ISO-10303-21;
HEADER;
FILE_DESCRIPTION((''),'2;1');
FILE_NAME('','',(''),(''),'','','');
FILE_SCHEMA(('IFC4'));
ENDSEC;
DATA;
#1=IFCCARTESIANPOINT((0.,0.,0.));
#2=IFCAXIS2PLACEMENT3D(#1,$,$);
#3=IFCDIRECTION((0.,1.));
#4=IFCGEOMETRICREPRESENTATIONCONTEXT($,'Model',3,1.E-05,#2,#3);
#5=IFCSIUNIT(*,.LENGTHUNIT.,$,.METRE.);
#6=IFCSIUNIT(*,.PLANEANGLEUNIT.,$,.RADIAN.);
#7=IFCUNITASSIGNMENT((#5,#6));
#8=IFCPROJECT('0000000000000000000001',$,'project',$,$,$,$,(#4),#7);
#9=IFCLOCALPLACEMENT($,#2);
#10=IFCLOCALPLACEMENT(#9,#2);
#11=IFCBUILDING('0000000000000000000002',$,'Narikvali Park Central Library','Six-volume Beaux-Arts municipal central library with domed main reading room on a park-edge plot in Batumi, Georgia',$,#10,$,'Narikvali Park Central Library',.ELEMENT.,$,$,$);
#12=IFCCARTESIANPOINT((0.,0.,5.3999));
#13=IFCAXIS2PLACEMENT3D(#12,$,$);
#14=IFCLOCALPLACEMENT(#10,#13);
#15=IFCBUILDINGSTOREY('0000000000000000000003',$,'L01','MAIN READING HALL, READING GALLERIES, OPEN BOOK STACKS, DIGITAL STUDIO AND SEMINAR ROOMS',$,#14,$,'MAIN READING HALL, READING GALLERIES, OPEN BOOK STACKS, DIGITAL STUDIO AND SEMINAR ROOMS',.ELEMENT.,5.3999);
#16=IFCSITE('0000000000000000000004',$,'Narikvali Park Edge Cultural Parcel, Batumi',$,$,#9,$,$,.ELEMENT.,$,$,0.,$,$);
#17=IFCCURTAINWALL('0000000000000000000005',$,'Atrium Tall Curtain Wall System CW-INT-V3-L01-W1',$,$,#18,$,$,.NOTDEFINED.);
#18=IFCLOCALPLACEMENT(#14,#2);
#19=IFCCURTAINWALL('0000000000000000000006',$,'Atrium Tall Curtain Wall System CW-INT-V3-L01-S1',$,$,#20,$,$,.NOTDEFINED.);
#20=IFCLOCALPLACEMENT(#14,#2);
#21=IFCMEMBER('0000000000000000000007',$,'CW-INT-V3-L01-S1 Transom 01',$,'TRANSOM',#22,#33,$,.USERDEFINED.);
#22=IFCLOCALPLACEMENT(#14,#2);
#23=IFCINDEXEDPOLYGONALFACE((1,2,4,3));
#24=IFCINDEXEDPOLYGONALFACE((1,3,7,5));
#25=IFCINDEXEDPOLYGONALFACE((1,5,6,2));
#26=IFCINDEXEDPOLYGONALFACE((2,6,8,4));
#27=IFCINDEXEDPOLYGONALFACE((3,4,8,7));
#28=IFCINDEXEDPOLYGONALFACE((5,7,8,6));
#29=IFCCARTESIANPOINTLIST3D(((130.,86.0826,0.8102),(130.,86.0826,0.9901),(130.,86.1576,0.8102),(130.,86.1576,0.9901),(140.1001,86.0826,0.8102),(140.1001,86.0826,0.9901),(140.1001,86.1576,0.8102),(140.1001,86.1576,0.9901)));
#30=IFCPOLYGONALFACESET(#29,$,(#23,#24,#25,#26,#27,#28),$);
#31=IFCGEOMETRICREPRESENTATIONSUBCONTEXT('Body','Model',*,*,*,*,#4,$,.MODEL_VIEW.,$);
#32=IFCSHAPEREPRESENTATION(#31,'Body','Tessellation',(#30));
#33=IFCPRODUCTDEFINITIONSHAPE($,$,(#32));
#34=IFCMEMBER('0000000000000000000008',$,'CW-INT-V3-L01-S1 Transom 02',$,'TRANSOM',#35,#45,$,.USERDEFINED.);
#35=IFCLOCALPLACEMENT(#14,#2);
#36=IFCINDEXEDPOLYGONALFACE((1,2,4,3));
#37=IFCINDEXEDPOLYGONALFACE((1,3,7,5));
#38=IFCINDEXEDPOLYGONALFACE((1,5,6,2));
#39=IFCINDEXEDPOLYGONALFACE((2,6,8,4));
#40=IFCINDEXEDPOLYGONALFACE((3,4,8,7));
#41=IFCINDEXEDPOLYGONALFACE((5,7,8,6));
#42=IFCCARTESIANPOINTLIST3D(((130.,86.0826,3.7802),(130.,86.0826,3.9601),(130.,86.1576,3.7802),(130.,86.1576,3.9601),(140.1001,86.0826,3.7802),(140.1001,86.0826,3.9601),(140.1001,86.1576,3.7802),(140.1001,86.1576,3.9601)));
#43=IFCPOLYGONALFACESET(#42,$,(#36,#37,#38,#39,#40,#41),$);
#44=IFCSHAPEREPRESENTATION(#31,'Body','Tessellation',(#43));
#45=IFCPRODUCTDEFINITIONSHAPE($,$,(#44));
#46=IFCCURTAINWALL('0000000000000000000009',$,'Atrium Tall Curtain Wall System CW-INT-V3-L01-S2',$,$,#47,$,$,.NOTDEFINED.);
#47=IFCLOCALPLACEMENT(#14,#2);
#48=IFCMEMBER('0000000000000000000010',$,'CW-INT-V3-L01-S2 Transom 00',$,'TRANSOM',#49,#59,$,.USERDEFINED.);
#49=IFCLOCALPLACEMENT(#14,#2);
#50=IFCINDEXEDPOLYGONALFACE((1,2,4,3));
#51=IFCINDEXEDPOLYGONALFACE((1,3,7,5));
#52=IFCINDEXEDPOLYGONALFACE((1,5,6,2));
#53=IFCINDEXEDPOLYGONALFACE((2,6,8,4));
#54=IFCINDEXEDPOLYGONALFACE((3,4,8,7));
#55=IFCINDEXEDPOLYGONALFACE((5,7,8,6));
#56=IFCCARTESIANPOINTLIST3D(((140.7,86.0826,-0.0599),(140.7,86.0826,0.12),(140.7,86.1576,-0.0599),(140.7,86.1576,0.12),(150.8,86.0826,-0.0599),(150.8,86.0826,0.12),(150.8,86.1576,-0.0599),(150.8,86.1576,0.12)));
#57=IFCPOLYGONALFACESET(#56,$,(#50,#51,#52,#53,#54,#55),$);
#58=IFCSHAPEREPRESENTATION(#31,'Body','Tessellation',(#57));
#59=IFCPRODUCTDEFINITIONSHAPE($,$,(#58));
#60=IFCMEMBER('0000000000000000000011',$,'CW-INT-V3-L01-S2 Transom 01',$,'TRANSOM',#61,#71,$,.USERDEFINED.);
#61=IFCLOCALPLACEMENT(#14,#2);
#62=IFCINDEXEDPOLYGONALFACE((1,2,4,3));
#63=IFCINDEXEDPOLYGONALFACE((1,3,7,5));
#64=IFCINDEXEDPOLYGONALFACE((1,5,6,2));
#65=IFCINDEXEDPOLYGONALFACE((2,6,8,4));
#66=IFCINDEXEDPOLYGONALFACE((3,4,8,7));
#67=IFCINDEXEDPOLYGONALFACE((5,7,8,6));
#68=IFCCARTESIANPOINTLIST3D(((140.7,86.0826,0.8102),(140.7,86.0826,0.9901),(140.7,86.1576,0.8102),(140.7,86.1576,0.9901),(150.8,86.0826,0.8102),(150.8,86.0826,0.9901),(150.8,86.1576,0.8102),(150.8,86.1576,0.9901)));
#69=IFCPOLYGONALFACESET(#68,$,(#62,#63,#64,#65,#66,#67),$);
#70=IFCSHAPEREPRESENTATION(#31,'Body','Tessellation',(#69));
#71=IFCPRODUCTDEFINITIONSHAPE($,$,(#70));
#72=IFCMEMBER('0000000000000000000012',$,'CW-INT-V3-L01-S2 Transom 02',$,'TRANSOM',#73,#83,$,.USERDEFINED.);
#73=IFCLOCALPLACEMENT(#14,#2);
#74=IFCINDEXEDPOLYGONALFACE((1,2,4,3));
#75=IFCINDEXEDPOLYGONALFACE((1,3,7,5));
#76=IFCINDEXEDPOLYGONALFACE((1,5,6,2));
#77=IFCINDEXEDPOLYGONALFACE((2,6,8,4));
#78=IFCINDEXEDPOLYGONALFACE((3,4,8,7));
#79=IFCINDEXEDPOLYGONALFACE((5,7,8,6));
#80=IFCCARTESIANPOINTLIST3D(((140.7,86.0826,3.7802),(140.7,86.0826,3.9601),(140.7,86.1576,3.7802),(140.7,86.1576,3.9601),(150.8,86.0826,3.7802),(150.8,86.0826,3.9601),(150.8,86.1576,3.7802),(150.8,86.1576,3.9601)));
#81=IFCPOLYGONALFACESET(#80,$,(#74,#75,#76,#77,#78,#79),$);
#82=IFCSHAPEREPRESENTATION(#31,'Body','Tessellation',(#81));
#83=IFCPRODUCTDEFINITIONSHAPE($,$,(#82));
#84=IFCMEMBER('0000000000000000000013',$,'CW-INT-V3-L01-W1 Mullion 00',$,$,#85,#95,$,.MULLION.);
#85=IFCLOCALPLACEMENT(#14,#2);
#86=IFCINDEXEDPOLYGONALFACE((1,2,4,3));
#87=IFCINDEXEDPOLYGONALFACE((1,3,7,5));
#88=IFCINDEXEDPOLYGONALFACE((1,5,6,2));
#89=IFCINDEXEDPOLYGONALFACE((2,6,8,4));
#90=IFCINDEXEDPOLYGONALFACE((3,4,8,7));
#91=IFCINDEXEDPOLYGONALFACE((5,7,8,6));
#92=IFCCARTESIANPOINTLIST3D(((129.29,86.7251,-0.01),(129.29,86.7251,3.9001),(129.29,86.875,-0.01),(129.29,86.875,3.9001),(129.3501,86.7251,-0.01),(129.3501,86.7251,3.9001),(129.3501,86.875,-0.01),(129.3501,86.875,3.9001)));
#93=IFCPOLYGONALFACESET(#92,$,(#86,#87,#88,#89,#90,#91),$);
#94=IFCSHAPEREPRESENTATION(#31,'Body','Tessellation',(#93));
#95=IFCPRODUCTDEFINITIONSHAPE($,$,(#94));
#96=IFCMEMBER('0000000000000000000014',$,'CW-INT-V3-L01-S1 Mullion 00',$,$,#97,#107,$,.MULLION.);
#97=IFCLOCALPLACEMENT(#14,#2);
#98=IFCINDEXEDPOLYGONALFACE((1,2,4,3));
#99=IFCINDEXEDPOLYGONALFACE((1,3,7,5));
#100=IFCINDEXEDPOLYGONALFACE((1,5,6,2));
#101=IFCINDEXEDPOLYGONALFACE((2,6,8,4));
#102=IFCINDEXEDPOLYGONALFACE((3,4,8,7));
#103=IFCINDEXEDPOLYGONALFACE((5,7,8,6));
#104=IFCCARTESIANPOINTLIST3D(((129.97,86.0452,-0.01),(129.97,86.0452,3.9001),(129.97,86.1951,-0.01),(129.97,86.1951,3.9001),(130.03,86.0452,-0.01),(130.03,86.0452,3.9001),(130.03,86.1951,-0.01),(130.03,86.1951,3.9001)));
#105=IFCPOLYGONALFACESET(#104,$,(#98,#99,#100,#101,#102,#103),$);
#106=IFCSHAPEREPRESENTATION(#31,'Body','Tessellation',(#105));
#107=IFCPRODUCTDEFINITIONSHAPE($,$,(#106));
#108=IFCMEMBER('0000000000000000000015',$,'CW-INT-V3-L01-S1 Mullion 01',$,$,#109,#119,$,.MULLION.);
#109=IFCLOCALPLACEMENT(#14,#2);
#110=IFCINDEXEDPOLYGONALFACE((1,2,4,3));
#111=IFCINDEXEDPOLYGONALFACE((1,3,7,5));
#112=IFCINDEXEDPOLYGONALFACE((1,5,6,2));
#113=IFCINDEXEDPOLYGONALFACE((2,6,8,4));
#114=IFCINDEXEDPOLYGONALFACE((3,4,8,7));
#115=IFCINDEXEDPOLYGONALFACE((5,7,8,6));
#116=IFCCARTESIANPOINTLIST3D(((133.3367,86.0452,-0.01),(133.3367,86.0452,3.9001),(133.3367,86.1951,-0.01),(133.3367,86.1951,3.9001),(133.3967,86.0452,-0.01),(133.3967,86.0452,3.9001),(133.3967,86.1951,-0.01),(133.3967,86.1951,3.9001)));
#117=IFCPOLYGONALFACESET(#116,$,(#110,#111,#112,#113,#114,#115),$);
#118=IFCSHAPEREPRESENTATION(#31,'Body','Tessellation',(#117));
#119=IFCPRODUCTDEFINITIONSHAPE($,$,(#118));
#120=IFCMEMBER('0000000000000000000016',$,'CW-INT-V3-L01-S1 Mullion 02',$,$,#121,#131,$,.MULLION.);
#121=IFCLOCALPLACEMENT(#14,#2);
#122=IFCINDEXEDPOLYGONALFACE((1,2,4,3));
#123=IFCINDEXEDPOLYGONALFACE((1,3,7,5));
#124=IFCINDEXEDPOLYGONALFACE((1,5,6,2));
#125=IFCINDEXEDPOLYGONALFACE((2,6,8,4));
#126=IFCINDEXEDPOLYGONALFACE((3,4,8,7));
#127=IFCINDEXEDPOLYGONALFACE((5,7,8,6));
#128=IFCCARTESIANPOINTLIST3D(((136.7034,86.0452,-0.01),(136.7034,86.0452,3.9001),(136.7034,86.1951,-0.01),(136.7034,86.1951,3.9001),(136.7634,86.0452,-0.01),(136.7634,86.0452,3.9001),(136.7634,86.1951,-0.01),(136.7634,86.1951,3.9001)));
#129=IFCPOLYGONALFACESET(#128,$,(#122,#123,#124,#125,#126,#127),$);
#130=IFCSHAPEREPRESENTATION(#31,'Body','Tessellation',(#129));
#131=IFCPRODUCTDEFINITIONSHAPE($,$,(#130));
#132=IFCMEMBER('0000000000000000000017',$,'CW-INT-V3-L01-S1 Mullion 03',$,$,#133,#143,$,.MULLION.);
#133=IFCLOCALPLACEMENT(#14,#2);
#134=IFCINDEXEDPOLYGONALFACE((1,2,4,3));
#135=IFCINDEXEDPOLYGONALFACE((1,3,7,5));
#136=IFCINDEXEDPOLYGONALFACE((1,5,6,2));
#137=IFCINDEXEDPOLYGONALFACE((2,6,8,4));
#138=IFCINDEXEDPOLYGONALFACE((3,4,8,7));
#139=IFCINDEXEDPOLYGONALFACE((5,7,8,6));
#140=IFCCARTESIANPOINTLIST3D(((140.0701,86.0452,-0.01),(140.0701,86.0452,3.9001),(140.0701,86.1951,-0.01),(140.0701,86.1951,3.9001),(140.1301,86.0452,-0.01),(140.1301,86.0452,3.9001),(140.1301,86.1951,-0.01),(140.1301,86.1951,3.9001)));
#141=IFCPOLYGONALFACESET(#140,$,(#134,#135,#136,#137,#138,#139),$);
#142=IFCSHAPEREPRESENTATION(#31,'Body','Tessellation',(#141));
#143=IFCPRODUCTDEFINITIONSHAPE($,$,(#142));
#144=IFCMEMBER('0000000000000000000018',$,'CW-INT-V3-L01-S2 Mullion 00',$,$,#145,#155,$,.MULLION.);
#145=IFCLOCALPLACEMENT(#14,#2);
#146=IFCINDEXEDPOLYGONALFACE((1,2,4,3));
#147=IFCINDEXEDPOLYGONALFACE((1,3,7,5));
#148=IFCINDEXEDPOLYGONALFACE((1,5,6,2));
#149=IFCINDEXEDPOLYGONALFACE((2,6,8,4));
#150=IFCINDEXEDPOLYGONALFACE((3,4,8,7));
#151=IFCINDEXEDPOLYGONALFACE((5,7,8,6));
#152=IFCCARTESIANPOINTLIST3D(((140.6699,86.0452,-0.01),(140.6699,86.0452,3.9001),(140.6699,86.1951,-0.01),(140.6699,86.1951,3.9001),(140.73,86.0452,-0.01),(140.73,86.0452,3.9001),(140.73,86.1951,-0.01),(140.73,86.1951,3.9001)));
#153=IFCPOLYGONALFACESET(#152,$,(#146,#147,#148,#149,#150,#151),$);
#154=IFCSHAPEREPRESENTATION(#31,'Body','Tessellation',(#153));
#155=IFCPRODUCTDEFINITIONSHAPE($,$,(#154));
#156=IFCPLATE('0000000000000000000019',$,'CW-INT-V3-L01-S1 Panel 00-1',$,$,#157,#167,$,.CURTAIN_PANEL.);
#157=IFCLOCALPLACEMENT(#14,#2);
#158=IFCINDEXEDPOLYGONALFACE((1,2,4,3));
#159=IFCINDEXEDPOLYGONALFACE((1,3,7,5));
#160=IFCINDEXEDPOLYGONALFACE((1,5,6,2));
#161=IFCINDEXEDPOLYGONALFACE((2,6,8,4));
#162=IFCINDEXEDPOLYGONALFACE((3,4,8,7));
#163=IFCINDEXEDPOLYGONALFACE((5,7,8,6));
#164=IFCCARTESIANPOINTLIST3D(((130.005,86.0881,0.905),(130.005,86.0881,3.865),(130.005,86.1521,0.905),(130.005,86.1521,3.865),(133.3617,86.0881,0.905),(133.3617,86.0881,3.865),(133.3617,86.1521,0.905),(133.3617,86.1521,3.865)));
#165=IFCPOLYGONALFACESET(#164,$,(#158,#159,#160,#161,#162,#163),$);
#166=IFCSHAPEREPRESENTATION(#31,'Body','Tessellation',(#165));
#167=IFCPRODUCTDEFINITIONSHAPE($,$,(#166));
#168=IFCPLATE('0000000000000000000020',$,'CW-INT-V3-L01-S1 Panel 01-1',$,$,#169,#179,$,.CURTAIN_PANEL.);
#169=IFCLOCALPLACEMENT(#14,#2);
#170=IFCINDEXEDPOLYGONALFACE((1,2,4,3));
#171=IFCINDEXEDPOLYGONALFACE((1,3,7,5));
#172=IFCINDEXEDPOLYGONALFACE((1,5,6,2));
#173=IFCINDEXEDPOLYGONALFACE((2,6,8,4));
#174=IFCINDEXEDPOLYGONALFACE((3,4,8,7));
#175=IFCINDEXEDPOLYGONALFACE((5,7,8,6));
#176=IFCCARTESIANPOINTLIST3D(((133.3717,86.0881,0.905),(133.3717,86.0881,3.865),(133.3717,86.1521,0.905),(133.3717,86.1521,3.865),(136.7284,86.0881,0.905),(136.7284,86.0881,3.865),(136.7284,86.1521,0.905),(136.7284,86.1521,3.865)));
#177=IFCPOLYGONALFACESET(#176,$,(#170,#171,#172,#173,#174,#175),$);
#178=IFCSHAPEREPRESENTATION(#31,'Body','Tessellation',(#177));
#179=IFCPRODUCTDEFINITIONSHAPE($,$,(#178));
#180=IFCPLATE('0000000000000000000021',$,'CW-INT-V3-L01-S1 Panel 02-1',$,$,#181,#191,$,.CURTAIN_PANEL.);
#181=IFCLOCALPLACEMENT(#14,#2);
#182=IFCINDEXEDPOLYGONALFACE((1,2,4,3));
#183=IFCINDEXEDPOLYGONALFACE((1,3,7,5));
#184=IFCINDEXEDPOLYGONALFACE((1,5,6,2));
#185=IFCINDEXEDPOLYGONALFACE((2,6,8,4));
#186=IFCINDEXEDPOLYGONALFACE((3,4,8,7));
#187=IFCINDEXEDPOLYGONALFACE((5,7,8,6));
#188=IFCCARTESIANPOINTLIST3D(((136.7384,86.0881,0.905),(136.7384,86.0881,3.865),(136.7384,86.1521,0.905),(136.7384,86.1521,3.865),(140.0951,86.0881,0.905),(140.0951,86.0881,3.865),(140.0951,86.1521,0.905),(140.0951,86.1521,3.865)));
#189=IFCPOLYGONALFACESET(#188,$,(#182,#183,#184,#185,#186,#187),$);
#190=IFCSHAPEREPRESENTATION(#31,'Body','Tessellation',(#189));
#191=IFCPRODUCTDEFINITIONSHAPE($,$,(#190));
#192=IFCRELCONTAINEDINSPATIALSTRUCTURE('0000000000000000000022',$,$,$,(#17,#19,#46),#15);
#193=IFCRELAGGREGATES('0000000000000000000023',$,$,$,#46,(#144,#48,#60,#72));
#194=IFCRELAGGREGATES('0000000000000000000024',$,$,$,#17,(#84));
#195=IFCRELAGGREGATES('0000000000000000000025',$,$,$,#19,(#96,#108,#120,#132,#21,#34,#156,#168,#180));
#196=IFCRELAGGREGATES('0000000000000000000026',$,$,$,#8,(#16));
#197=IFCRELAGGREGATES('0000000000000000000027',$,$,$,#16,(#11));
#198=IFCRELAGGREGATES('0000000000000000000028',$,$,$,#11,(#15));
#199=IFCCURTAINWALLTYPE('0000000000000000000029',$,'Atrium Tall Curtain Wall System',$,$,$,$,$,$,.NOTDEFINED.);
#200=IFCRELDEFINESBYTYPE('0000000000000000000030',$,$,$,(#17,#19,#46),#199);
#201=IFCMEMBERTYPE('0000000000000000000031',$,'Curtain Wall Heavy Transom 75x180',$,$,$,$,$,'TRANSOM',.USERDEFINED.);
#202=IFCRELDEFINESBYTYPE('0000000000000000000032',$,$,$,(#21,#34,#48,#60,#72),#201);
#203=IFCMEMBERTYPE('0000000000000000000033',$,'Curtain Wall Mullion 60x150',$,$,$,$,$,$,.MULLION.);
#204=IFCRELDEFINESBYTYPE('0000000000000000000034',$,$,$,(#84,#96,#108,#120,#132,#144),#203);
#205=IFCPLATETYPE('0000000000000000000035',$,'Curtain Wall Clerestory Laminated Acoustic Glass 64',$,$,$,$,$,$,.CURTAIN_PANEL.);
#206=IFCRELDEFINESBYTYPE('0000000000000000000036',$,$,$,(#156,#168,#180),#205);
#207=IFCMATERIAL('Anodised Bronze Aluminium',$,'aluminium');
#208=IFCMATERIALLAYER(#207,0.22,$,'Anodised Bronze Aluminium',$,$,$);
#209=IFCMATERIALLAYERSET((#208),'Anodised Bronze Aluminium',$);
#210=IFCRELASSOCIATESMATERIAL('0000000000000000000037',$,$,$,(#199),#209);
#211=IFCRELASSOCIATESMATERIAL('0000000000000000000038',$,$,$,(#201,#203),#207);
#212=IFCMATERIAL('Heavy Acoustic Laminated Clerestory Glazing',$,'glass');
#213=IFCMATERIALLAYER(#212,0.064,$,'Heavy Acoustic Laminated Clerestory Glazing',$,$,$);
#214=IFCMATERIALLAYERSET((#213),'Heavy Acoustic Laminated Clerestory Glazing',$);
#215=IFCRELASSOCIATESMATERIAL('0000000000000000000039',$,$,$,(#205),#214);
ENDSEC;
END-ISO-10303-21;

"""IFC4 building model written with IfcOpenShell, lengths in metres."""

from ifc_helpers import new_model, si_unit, direction, frame, origin, origin_2d, place, context, subcontext, project, spatial, rectangle, extrude, material, layer, layer_set, material_profile, profile_set, type_object, element, aggregate, save


model = new_model("IFC4")

# Units and contexts
model_context = context("Model", 3, precision=1e-05, world=origin(), true_north=direction((0.0, 1.0)))
body_context = subcontext(model_context, "Body", "Model", "MODEL_VIEW")
ifc_project = project(units=[si_unit("LENGTHUNIT", "METRE"), si_unit("PLANEANGLEUNIT", "RADIAN")], contexts=[model_context])

# Site, building, storey
site_placement = place(None, origin())
site = spatial("IfcSite", under=ifc_project, at=site_placement, Name="Narikvali Park Edge Cultural Parcel, Batumi", CompositionType="ELEMENT", RefElevation=0.0)
building_placement = place(site_placement, origin())
building = spatial("IfcBuilding", under=site, at=building_placement, Name="Narikvali Park Central Library", Description="Six-volume Beaux-Arts municipal central library with domed main reading room on a park-edge plot in Batumi, Georgia", LongName="Narikvali Park Central Library", CompositionType="ELEMENT")
storey_placement = place(building_placement, frame((0.0, 0.0, 5.3999)))
storey = spatial("IfcBuildingStorey", under=building, at=storey_placement, Name="L01", Description="MAIN READING HALL, READING GALLERIES, OPEN BOOK STACKS, DIGITAL STUDIO AND SEMINAR ROOMS", LongName="MAIN READING HALL, READING GALLERIES, OPEN BOOK STACKS, DIGITAL STUDIO AND SEMINAR ROOMS", CompositionType="ELEMENT", Elevation=5.3999)

# Curtain walls, members
ifc_material_1 = material(Name="Anodised Bronze Aluminium", Category="aluminium")
ifc_layer_1 = layer(ifc_material_1, 0.22, Name="Anodised Bronze Aluminium")
ifc_layer_set_1 = layer_set([ifc_layer_1], Name="Anodised Bronze Aluminium")
curtain_wall_type = type_object("IfcCurtainWallType", Name="Atrium Tall Curtain Wall System", PredefinedType="NOTDEFINED", material=ifc_layer_set_1)
curtain_wall_1_placement = place(storey_placement, origin())
curtain_wall_1 = element("IfcCurtainWall", 1, at=curtain_wall_1_placement, inside=storey, type_object=curtain_wall_type, Name="Atrium Tall Curtain Wall System CW-INT-V3-L01-W1", PredefinedType="NOTDEFINED")
ifc_material_profile_1 = material_profile(ifc_material_1, rectangle(XDim=0.075, YDim=0.1799, at=origin_2d()), Name="CW TRANSOM 75x180")
ifc_profile_set_1 = profile_set([ifc_material_profile_1], Name="Anodised Bronze Aluminium")
member_type_1 = type_object("IfcMemberType", Name="Curtain Wall Heavy Transom 75x180", ElementType="TRANSOM", PredefinedType="USERDEFINED", material=ifc_profile_set_1)
curtain_wall_2_placement = place(storey_placement, origin())
curtain_wall_2 = element("IfcCurtainWall", 2, at=curtain_wall_2_placement, inside=storey, type_object=curtain_wall_type, Name="Atrium Tall Curtain Wall System CW-INT-V3-L01-S1", PredefinedType="NOTDEFINED")
member_1_placement = place(storey_placement, frame((130.0, 86.1201, 0.9001), z_axis=(1.0, 0.0, 0.0), x_axis=(0.0, 1.0, 0.0)))
member_1 = element("IfcMember", 3, at=member_1_placement, type_object=member_type_1, Name="CW-INT-V3-L01-S1 Transom 01", ObjectType="TRANSOM", PredefinedType="USERDEFINED", context=body_context, shape_type="SweptSolid", body=[
    extrude(rectangle(XDim=0.075, YDim=0.1799, at=origin_2d()), origin(), (0.0, 0.0, 1.0), 10.1001),
])
member_2_placement = place(storey_placement, frame((130.0, 86.1201, 3.8701), z_axis=(1.0, 0.0, 0.0), x_axis=(0.0, 1.0, 0.0)))
member_2 = element("IfcMember", 4, at=member_2_placement, type_object=member_type_1, Name="CW-INT-V3-L01-S1 Transom 02", ObjectType="TRANSOM", PredefinedType="USERDEFINED", context=body_context, shape_type="SweptSolid", body=[
    extrude(rectangle(XDim=0.075, YDim=0.1799, at=origin_2d()), origin(), (0.0, 0.0, 1.0), 10.1001),
])
curtain_wall_3_placement = place(storey_placement, origin())
curtain_wall_3 = element("IfcCurtainWall", 5, at=curtain_wall_3_placement, inside=storey, type_object=curtain_wall_type, Name="Atrium Tall Curtain Wall System CW-INT-V3-L01-S2", PredefinedType="NOTDEFINED")
member_3_placement = place(storey_placement, frame((140.7, 86.1201, 0.03), z_axis=(1.0, 0.0, 0.0), x_axis=(0.0, 1.0, 0.0)))
member_3 = element("IfcMember", 6, at=member_3_placement, type_object=member_type_1, Name="CW-INT-V3-L01-S2 Transom 00", ObjectType="TRANSOM", PredefinedType="USERDEFINED", context=body_context, shape_type="SweptSolid", body=[
    extrude(rectangle(XDim=0.075, YDim=0.1799, at=origin_2d()), origin(), (0.0, 0.0, 1.0), 10.1001),
])
member_4_placement = place(storey_placement, frame((140.7, 86.1201, 0.9001), z_axis=(1.0, 0.0, 0.0), x_axis=(0.0, 1.0, 0.0)))
member_4 = element("IfcMember", 7, at=member_4_placement, type_object=member_type_1, Name="CW-INT-V3-L01-S2 Transom 01", ObjectType="TRANSOM", PredefinedType="USERDEFINED", context=body_context, shape_type="SweptSolid", body=[
    extrude(rectangle(XDim=0.075, YDim=0.1799, at=origin_2d()), origin(), (0.0, 0.0, 1.0), 10.1001),
])
member_5_placement = place(storey_placement, frame((140.7, 86.1201, 3.8701), z_axis=(1.0, 0.0, 0.0), x_axis=(0.0, 1.0, 0.0)))
member_5 = element("IfcMember", 8, at=member_5_placement, type_object=member_type_1, Name="CW-INT-V3-L01-S2 Transom 02", ObjectType="TRANSOM", PredefinedType="USERDEFINED", context=body_context, shape_type="SweptSolid", body=[
    extrude(rectangle(XDim=0.075, YDim=0.1799, at=origin_2d()), origin(), (0.0, 0.0, 1.0), 10.1001),
])

# Members
ifc_material_profile_2 = material_profile(ifc_material_1, rectangle(XDim=0.0601, YDim=0.1499, at=origin_2d()), Name="CW MULLION 60x150")
ifc_profile_set_2 = profile_set([ifc_material_profile_2], Name="Anodised Bronze Aluminium")
member_type_2 = type_object("IfcMemberType", Name="Curtain Wall Mullion 60x150", PredefinedType="MULLION", material=ifc_profile_set_2)
member_6_placement = place(storey_placement, frame((129.3201, 86.8, -0.01), z_axis=(0.0, 0.0, 1.0), x_axis=(1.0, 0.0, 0.0)))
member_6 = element("IfcMember", 9, at=member_6_placement, type_object=member_type_2, Name="CW-INT-V3-L01-W1 Mullion 00", PredefinedType="MULLION", context=body_context, shape_type="SweptSolid", body=[
    extrude(rectangle(XDim=0.0601, YDim=0.1499, at=origin_2d()), origin(), (0.0, 0.0, 1.0), 3.9102),
])
member_7_placement = place(storey_placement, frame((130.0, 86.1201, -0.01), z_axis=(0.0, 0.0, 1.0), x_axis=(1.0, 0.0, 0.0)))
member_7 = element("IfcMember", 10, at=member_7_placement, type_object=member_type_2, Name="CW-INT-V3-L01-S1 Mullion 00", PredefinedType="MULLION", context=body_context, shape_type="SweptSolid", body=[
    extrude(rectangle(XDim=0.0601, YDim=0.1499, at=origin_2d()), origin(), (0.0, 0.0, 1.0), 3.9102),
])
member_8_placement = place(storey_placement, frame((133.3667, 86.1201, -0.01), z_axis=(0.0, 0.0, 1.0), x_axis=(1.0, 0.0, 0.0)))
member_8 = element("IfcMember", 11, at=member_8_placement, type_object=member_type_2, Name="CW-INT-V3-L01-S1 Mullion 01", PredefinedType="MULLION", context=body_context, shape_type="SweptSolid", body=[
    extrude(rectangle(XDim=0.0601, YDim=0.1499, at=origin_2d()), origin(), (0.0, 0.0, 1.0), 3.9102),
])
member_9_placement = place(storey_placement, frame((136.7334, 86.1201, -0.01), z_axis=(0.0, 0.0, 1.0), x_axis=(1.0, 0.0, 0.0)))
member_9 = element("IfcMember", 12, at=member_9_placement, type_object=member_type_2, Name="CW-INT-V3-L01-S1 Mullion 02", PredefinedType="MULLION", context=body_context, shape_type="SweptSolid", body=[
    extrude(rectangle(XDim=0.0601, YDim=0.1499, at=origin_2d()), origin(), (0.0, 0.0, 1.0), 3.9102),
])
member_10_placement = place(storey_placement, frame((140.1001, 86.1201, -0.01), z_axis=(0.0, 0.0, 1.0), x_axis=(1.0, 0.0, 0.0)))
member_10 = element("IfcMember", 13, at=member_10_placement, type_object=member_type_2, Name="CW-INT-V3-L01-S1 Mullion 03", PredefinedType="MULLION", context=body_context, shape_type="SweptSolid", body=[
    extrude(rectangle(XDim=0.0601, YDim=0.1499, at=origin_2d()), origin(), (0.0, 0.0, 1.0), 3.9102),
])
member_11_placement = place(storey_placement, frame((140.7, 86.1201, -0.01), z_axis=(0.0, 0.0, 1.0), x_axis=(1.0, 0.0, 0.0)))
member_11 = element("IfcMember", 14, at=member_11_placement, type_object=member_type_2, Name="CW-INT-V3-L01-S2 Mullion 00", PredefinedType="MULLION", context=body_context, shape_type="SweptSolid", body=[
    extrude(rectangle(XDim=0.0601, YDim=0.1499, at=origin_2d()), origin(), (0.0, 0.0, 1.0), 3.9102),
])

# Plates
ifc_material_2 = material(Name="Heavy Acoustic Laminated Clerestory Glazing", Category="glass")
ifc_layer_2 = layer(ifc_material_2, 0.064, Name="Heavy Acoustic Laminated Clerestory Glazing")
ifc_layer_set_2 = layer_set([ifc_layer_2], Name="Heavy Acoustic Laminated Clerestory Glazing")
plate_type_1 = type_object("IfcPlateType", Name="Curtain Wall Clerestory Laminated Acoustic Glass 64", PredefinedType="CURTAIN_PANEL", material=ifc_layer_set_2)
plate_1_placement = place(storey_placement, frame((131.6833, 86.1201, 0.905), z_axis=(0.0, 0.0, 1.0), x_axis=(1.0, 0.0, 0.0)))
plate_1 = element("IfcPlate", 15, at=plate_1_placement, type_object=plate_type_1, Name="CW-INT-V3-L01-S1 Panel 00-1", PredefinedType="CURTAIN_PANEL", context=body_context, shape_type="SweptSolid", body=[
    extrude(rectangle(XDim=3.3567, YDim=0.064, at=origin_2d()), origin(), (0.0, 0.0, 1.0), 2.96),
])
plate_2_placement = place(storey_placement, frame((135.05, 86.1201, 0.905), z_axis=(0.0, 0.0, 1.0), x_axis=(1.0, 0.0, 0.0)))
plate_2 = element("IfcPlate", 16, at=plate_2_placement, type_object=plate_type_1, Name="CW-INT-V3-L01-S1 Panel 01-1", PredefinedType="CURTAIN_PANEL", context=body_context, shape_type="SweptSolid", body=[
    extrude(rectangle(XDim=3.3567, YDim=0.064, at=origin_2d()), origin(), (0.0, 0.0, 1.0), 2.96),
])
plate_3_placement = place(storey_placement, frame((138.4167, 86.1201, 0.905), z_axis=(0.0, 0.0, 1.0), x_axis=(1.0, 0.0, 0.0)))
plate_3 = element("IfcPlate", 17, at=plate_3_placement, type_object=plate_type_1, Name="CW-INT-V3-L01-S1 Panel 02-1", PredefinedType="CURTAIN_PANEL", context=body_context, shape_type="SweptSolid", body=[
    extrude(rectangle(XDim=3.3567, YDim=0.064, at=origin_2d()), origin(), (0.0, 0.0, 1.0), 2.96),
])
aggregate(curtain_wall_3, [member_11, member_3, member_4, member_5])
aggregate(curtain_wall_1, [member_6])
aggregate(curtain_wall_2, [member_7, member_8, member_9, member_10, member_1, member_2, plate_1, plate_2, plate_3])

save(model, "model.ifc")
